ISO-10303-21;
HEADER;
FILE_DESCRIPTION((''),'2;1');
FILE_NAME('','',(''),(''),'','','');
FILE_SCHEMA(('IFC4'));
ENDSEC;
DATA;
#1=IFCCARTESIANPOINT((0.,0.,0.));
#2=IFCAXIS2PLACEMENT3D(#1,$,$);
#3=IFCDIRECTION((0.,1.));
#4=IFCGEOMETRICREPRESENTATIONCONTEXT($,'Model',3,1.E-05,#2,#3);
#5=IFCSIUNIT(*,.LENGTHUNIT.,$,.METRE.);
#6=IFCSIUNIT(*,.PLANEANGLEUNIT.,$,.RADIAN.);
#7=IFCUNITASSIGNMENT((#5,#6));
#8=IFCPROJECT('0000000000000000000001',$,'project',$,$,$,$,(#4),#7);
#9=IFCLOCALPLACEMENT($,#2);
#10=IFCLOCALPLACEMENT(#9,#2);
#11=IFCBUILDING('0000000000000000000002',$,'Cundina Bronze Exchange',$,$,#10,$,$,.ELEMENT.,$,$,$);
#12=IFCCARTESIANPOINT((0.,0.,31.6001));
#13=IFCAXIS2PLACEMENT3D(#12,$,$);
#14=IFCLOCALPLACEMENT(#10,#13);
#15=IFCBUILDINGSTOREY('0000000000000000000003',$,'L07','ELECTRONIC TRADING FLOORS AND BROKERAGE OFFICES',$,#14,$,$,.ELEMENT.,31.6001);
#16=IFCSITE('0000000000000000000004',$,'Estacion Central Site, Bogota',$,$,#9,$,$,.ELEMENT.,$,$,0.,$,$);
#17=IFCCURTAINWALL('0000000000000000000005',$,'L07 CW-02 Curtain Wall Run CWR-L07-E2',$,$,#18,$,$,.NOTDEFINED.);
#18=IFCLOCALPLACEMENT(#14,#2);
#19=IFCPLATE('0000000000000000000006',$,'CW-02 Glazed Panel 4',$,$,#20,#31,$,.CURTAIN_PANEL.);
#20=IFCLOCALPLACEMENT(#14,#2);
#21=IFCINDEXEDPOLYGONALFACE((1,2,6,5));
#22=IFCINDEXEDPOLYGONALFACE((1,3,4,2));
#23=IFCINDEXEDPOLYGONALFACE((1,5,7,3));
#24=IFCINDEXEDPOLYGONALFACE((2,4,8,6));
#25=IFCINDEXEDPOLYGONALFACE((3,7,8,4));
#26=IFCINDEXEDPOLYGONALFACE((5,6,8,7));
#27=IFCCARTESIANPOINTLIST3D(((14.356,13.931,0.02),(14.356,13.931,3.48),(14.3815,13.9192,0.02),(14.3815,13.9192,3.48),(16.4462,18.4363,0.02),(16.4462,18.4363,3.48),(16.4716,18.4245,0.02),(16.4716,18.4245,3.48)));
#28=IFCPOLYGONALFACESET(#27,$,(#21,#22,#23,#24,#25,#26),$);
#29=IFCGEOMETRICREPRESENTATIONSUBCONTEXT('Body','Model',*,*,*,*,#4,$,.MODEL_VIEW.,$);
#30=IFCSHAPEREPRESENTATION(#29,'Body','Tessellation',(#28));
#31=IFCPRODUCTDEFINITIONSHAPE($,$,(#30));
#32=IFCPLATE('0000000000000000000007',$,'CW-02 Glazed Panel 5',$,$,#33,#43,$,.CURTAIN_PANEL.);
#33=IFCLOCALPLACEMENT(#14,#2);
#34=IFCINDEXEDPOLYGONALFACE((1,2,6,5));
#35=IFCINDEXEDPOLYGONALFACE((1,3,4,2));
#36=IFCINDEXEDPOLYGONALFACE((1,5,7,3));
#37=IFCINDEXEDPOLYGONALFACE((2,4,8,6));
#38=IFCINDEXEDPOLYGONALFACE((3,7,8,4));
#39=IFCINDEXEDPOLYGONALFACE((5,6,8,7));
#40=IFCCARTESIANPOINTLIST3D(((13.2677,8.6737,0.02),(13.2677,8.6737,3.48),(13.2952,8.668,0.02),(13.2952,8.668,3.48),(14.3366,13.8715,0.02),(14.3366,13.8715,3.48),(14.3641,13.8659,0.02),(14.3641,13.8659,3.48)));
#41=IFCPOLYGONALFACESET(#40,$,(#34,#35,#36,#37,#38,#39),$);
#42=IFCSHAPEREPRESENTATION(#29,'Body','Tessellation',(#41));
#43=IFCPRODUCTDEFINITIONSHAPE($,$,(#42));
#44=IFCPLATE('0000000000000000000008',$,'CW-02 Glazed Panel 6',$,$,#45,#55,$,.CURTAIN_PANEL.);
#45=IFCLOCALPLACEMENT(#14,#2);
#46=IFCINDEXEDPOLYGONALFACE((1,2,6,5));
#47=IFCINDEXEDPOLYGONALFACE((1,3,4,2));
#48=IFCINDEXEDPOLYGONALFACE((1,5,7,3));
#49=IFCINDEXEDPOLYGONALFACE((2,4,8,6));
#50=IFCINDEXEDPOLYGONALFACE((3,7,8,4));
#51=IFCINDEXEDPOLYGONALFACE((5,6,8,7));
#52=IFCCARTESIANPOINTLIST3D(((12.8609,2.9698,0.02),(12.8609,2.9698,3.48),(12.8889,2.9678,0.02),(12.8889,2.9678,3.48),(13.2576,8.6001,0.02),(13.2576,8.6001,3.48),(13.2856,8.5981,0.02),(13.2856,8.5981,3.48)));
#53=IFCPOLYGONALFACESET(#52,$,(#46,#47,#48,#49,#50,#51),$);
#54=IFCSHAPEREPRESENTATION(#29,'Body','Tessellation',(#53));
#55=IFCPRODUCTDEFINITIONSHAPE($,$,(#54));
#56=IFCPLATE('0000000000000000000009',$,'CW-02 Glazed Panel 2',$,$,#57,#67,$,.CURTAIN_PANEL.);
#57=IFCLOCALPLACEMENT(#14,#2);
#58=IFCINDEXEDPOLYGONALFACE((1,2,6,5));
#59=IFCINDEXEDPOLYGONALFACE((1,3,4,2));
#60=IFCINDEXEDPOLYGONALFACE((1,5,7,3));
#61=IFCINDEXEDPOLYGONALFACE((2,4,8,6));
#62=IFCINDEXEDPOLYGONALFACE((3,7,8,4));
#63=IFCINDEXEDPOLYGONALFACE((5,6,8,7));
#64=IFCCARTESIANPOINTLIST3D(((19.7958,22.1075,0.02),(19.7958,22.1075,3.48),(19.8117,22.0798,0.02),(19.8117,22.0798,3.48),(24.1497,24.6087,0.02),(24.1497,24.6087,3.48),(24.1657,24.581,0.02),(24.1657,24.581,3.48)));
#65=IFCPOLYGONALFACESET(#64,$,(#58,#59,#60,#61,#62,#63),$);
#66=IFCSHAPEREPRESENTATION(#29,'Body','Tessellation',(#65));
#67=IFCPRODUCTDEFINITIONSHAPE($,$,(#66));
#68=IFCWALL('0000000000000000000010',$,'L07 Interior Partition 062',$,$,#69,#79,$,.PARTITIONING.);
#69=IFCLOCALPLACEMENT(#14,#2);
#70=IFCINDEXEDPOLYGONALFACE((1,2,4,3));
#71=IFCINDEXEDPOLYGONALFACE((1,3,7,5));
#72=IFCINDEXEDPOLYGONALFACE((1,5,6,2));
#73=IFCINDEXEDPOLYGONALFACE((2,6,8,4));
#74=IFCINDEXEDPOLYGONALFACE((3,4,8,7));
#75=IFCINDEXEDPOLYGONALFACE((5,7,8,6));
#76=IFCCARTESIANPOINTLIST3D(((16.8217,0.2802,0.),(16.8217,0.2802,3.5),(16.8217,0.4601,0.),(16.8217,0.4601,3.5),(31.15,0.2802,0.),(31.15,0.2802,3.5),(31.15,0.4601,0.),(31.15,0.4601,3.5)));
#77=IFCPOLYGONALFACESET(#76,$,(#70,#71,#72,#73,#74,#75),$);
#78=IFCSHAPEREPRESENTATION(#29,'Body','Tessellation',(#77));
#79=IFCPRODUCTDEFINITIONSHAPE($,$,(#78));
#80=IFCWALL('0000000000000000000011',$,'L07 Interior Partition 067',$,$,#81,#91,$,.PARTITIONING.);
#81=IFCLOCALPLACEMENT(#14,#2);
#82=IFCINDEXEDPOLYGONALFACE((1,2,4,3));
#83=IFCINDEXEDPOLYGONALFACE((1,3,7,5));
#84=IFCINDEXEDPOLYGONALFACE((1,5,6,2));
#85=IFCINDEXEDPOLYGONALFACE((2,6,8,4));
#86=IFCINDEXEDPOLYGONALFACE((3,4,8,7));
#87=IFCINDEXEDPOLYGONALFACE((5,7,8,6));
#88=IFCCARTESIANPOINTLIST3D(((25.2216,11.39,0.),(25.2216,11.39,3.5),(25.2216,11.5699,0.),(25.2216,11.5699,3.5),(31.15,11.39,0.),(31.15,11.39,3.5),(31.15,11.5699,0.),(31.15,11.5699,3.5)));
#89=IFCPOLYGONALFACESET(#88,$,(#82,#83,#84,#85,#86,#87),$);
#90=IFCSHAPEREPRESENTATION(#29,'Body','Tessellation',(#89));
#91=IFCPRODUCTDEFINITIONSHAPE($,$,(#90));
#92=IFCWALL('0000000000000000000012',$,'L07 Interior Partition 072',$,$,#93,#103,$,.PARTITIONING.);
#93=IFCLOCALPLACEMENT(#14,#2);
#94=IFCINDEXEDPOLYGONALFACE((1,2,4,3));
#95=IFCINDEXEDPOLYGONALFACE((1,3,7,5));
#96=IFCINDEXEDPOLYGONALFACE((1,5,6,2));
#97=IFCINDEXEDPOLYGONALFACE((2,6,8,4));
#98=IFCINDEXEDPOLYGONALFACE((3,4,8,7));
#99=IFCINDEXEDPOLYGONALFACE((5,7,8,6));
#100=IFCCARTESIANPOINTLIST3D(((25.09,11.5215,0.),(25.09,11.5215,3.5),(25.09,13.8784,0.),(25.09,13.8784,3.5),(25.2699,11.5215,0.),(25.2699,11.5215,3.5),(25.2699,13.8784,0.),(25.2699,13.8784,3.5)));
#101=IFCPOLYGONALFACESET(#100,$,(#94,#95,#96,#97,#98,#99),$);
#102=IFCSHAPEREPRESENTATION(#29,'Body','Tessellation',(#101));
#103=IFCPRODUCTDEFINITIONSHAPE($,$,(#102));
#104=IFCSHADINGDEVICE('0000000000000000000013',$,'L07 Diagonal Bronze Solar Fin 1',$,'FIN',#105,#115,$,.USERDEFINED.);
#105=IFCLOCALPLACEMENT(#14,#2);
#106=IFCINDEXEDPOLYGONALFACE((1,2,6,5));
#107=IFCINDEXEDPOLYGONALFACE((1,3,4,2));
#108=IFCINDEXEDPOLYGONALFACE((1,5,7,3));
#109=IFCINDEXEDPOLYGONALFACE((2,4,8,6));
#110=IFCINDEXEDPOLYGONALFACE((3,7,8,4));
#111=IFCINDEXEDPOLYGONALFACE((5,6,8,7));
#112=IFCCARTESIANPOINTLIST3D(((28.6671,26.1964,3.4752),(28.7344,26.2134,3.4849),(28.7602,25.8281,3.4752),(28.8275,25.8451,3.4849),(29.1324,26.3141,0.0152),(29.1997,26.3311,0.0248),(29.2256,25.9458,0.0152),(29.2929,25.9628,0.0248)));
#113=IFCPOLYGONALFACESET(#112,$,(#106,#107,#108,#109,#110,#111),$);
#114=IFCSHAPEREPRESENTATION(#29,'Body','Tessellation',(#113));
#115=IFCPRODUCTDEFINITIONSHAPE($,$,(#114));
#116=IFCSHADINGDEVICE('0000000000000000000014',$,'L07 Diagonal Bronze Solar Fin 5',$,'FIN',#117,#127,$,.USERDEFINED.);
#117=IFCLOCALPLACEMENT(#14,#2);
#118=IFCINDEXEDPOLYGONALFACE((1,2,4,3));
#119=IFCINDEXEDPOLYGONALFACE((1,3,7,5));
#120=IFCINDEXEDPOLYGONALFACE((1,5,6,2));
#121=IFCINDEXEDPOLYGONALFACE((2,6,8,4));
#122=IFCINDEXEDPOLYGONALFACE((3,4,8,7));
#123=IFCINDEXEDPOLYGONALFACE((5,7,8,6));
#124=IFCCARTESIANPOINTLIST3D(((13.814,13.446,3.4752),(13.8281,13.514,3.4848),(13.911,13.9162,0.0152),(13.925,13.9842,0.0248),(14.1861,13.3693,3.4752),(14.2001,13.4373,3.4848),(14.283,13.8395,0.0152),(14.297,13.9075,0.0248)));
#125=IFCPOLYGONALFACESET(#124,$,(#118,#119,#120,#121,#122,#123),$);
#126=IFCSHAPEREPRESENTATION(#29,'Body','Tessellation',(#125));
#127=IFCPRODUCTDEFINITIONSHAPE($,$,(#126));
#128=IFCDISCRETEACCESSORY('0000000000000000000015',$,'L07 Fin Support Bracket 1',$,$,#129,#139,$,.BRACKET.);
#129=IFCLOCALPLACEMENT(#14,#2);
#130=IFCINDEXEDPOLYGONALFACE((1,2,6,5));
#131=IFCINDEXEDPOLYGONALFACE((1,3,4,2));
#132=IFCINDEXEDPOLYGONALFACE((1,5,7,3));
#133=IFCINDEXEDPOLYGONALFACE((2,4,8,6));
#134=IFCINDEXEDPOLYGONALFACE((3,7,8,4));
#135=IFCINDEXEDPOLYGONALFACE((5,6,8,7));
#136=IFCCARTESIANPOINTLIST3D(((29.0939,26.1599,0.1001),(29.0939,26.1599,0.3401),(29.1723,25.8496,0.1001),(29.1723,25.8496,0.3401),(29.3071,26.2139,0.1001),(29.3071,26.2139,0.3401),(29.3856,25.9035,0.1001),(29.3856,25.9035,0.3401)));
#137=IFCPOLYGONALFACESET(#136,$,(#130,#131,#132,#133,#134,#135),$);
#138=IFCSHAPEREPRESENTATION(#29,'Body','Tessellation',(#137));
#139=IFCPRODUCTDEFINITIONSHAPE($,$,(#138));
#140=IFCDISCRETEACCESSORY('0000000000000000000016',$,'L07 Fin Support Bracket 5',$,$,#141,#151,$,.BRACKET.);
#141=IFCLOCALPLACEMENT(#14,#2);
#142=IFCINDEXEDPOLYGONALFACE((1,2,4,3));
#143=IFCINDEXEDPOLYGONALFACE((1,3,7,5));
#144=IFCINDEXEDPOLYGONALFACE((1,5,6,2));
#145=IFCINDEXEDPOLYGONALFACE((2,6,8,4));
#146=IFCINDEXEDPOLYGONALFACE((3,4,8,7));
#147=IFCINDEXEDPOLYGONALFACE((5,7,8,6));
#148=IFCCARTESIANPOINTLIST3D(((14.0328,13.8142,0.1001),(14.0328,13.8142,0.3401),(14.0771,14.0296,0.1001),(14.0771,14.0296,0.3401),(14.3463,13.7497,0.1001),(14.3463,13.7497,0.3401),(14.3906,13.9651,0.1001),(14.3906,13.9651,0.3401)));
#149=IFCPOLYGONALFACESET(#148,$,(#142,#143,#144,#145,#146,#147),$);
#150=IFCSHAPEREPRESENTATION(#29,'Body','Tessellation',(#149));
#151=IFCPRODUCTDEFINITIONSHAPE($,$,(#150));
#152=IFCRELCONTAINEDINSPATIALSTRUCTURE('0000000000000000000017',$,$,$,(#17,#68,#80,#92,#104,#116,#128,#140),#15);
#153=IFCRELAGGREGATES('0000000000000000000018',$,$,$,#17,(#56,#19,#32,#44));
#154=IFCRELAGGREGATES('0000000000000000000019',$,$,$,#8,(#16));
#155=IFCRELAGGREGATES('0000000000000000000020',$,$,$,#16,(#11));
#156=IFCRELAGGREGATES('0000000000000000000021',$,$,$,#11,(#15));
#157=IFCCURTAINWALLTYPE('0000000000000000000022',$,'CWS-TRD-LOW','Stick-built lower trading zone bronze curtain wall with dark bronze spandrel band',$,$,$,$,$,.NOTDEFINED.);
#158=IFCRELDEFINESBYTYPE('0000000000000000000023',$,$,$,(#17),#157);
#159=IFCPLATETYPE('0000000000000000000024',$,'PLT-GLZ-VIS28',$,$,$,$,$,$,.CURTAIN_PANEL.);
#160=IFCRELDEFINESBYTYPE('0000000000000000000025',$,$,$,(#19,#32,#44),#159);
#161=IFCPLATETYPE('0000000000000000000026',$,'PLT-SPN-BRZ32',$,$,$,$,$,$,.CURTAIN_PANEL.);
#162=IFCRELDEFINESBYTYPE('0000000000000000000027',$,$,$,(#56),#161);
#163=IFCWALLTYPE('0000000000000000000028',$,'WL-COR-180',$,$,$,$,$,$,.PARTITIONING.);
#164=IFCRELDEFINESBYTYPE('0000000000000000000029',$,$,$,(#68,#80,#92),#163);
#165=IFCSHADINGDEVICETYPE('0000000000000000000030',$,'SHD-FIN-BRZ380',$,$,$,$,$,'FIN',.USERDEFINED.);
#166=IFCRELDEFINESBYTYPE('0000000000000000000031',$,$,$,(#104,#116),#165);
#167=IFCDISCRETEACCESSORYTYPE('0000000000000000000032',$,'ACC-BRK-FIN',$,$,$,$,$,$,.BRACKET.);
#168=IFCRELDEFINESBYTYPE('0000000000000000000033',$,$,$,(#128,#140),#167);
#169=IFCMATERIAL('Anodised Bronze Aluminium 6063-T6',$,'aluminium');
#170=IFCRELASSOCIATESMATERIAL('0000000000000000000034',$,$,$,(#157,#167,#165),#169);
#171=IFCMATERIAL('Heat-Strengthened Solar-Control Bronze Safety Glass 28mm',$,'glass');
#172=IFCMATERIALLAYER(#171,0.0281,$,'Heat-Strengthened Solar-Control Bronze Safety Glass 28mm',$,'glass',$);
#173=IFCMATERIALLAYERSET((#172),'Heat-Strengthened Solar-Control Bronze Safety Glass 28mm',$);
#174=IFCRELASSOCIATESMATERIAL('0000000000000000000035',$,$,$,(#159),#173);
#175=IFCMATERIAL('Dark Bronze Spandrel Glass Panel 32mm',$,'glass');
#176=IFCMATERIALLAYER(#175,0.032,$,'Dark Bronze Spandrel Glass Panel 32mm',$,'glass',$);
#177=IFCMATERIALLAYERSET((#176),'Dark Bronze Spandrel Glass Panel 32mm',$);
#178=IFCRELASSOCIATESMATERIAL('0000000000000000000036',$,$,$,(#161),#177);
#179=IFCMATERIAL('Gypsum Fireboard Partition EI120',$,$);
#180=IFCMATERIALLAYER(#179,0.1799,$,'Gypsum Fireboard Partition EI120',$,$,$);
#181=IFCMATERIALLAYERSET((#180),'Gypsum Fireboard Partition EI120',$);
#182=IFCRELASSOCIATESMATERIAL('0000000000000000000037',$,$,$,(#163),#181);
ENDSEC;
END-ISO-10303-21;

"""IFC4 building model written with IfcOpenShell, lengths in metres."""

from ifc_helpers import new_model, si_unit, direction, frame, frame_2d, origin, origin_2d, place, context, subcontext, project, spatial, rectangle, extrude, material, layer, layer_set, material_profile, profile_set, type_object, element, aggregate, save


model = new_model("IFC4")

# Units and contexts
model_context = context("Model", 3, precision=1e-05, world=origin(), true_north=direction((0.0, 1.0)))
body_context = subcontext(model_context, "Body", "Model", "MODEL_VIEW")
ifc_project = project(units=[si_unit("LENGTHUNIT", "METRE"), si_unit("PLANEANGLEUNIT", "RADIAN")], contexts=[model_context])

# Site, building, storey
site_placement = place(None, origin())
site = spatial("IfcSite", under=ifc_project, at=site_placement, Name="Estacion Central Site, Bogota", CompositionType="ELEMENT", RefElevation=0.0)
building_placement = place(site_placement, origin())
building = spatial("IfcBuilding", under=site, at=building_placement, Name="Cundina Bronze Exchange", CompositionType="ELEMENT")
storey_placement = place(building_placement, frame((0.0, 0.0, 31.6001)))
storey = spatial("IfcBuildingStorey", under=building, at=storey_placement, Name="L07", Description="ELECTRONIC TRADING FLOORS AND BROKERAGE OFFICES", CompositionType="ELEMENT", Elevation=31.6001)

# Shared definitions
ifc_material_1 = material(Name="Anodised Bronze Aluminium 6063-T6", Category="aluminium")
curtain_wall_type = type_object("IfcCurtainWallType", Name="CWS-TRD-LOW", Description="Stick-built lower trading zone bronze curtain wall with dark bronze spandrel band", PredefinedType="NOTDEFINED", material=ifc_material_1)

# Curtain wall, plates
curtain_wall_1_placement = place(storey_placement, origin())
curtain_wall_1 = element("IfcCurtainWall", 1, at=curtain_wall_1_placement, inside=storey, type_object=curtain_wall_type, Name="L07 CW-02 Curtain Wall Run CWR-L07-E2", PredefinedType="NOTDEFINED")
ifc_material_2 = material(Name="Heat-Strengthened Solar-Control Bronze Safety Glass 28mm", Category="glass")
ifc_layer_1 = layer(ifc_material_2, 0.0281, Name="Heat-Strengthened Solar-Control Bronze Safety Glass 28mm", Category="glass")
ifc_layer_set_1 = layer_set([ifc_layer_1], Name="Heat-Strengthened Solar-Control Bronze Safety Glass 28mm")
plate_type_1 = type_object("IfcPlateType", Name="PLT-GLZ-VIS28", PredefinedType="CURTAIN_PANEL", material=ifc_layer_set_1)
plate_1_placement = place(storey_placement, frame((15.4138, 16.1777, 0.02), z_axis=(0.0, 0.0, 1.0), x_axis=(-0.420846, -0.907132, 0.0)))
plate_1 = element("IfcPlate", 2, at=plate_1_placement, type_object=plate_type_1, Name="CW-02 Glazed Panel 4", PredefinedType="CURTAIN_PANEL", context=body_context, shape_type="SweptSolid", body=[
    extrude(rectangle(XDim=4.9666, YDim=0.0281, at=origin_2d()), origin(), (0.0, 0.0, 1.0), 3.46),
])
plate_2_placement = place(storey_placement, frame((13.8159, 11.2698, 0.02), z_axis=(0.0, 0.0, 1.0), x_axis=(-0.20142, -0.979505, 0.0)))
plate_2 = element("IfcPlate", 3, at=plate_2_placement, type_object=plate_type_1, Name="CW-02 Glazed Panel 5", PredefinedType="CURTAIN_PANEL", context=body_context, shape_type="SweptSolid", body=[
    extrude(rectangle(XDim=5.3066, YDim=0.0281, at=origin_2d()), origin(), (0.0, 0.0, 1.0), 3.46),
])
plate_3_placement = place(storey_placement, frame((13.0732, 5.7839, 0.02), z_axis=(0.0, 0.0, 1.0), x_axis=(-0.070279, -0.997527, 0.0)))
plate_3 = element("IfcPlate", 4, at=plate_3_placement, type_object=plate_type_1, Name="CW-02 Glazed Panel 6", PredefinedType="CURTAIN_PANEL", context=body_context, shape_type="SweptSolid", body=[
    extrude(rectangle(XDim=5.6443, YDim=0.0281, at=origin_2d()), origin(), (0.0, 0.0, 1.0), 3.46),
])
ifc_material_3 = material(Name="Dark Bronze Spandrel Glass Panel 32mm", Category="glass")
ifc_layer_2 = layer(ifc_material_3, 0.032, Name="Dark Bronze Spandrel Glass Panel 32mm", Category="glass")
ifc_layer_set_2 = layer_set([ifc_layer_2], Name="Dark Bronze Spandrel Glass Panel 32mm")
plate_type_2 = type_object("IfcPlateType", Name="PLT-SPN-BRZ32", PredefinedType="CURTAIN_PANEL", material=ifc_layer_set_2)
plate_4_placement = place(storey_placement, frame((21.9807, 23.3442, 0.02), z_axis=(0.0, 0.0, 1.0), x_axis=(-0.867105, -0.498125, 0.0)))
plate_4 = element("IfcPlate", 5, at=plate_4_placement, type_object=plate_type_2, Name="CW-02 Glazed Panel 2", PredefinedType="CURTAIN_PANEL", context=body_context, shape_type="SweptSolid", body=[
    extrude(rectangle(XDim=5.0212, YDim=0.032, at=origin_2d()), origin(), (0.0, 0.0, 1.0), 3.46),
])
aggregate(curtain_wall_1, [plate_4, plate_1, plate_2, plate_3])

# Walls
ifc_material_4 = material(Name="Gypsum Fireboard Partition EI120")
ifc_layer_3 = layer(ifc_material_4, 0.1799, Name="Gypsum Fireboard Partition EI120")
ifc_layer_set_3 = layer_set([ifc_layer_3], Name="Gypsum Fireboard Partition EI120")
wall_type = type_object("IfcWallType", Name="WL-COR-180", PredefinedType="PARTITIONING", material=ifc_layer_set_3)
wall_1_placement = place(storey_placement, frame((31.1499, 0.3701, 0.0), z_axis=(0.0, 0.0, 1.0), x_axis=(-1.0, 0.0, 0.0)))
element("IfcWall", 6, at=wall_1_placement, inside=storey, type_object=wall_type, Name="L07 Interior Partition 062", PredefinedType="PARTITIONING", context=body_context, shape_type="SweptSolid", body=[
    extrude(rectangle(XDim=14.3284, YDim=0.1799, at=frame_2d((7.1641, 0.0))), origin(), (0.0, 0.0, 1.0), 3.5),
])
wall_2_placement = place(storey_placement, frame((25.2214, 11.48, 0.0), z_axis=(0.0, 0.0, 1.0), x_axis=(1.0, 0.0, 0.0)))
element("IfcWall", 7, at=wall_2_placement, inside=storey, type_object=wall_type, Name="L07 Interior Partition 067", PredefinedType="PARTITIONING", context=body_context, shape_type="SweptSolid", body=[
    extrude(rectangle(XDim=5.9285, YDim=0.1799, at=frame_2d((2.9644, 0.0))), origin(), (0.0, 0.0, 1.0), 3.5),
])
wall_3_placement = place(storey_placement, frame((25.1799, 13.8784, 0.0), z_axis=(0.0, 0.0, 1.0), x_axis=(0.0, -1.0, 0.0)))
element("IfcWall", 8, at=wall_3_placement, inside=storey, type_object=wall_type, Name="L07 Interior Partition 072", PredefinedType="PARTITIONING", context=body_context, shape_type="SweptSolid", body=[
    extrude(rectangle(XDim=2.3569, YDim=0.1799, at=frame_2d((1.1785, 0.0))), origin(), (0.0, 0.0, 1.0), 3.5),
])

# Shading devices
ifc_material_profile_1 = material_profile(ifc_material_1, rectangle(XDim=0.0701, YDim=0.3799, at=origin_2d()), Name="FIN70X380", Category="aluminium")
ifc_profile_set_1 = profile_set([ifc_material_profile_1], Name="Anodised Bronze Aluminium 6063-T6")
shading_device_type = type_object("IfcShadingDeviceType", Name="SHD-FIN-BRZ380", ElementType="FIN", PredefinedType="USERDEFINED", material=ifc_profile_set_1)
for number, where, z_axis, x_axis, name in (
    (9, (29.2126, 26.1384, 0.02), (-0.133215, -0.033688, 0.990514), (0.960285, 0.242842, 0.137408), "L07 Diagonal Bronze Solar Fin 1"),
    (10, (14.104, 13.9119, 0.02), (-0.027747, -0.134612, 0.99051), (0.199967, 0.970115, 0.137442), "L07 Diagonal Bronze Solar Fin 5"),
):
    element("IfcShadingDevice", number, at=place(storey_placement, frame(where, z_axis=z_axis, x_axis=x_axis)), inside=storey, type_object=shading_device_type, Name=name, ObjectType="FIN", PredefinedType="USERDEFINED", context=body_context, shape_type="SweptSolid", body=[
        extrude(rectangle(XDim=0.0701, YDim=0.3799, at=origin_2d()), origin(), (0.0, 0.0, 1.0), 3.4932),
    ])

# Discrete accessories
discrete_accessory_type = type_object("IfcDiscreteAccessoryType", Name="ACC-BRK-FIN", PredefinedType="BRACKET", material=ifc_material_1)
for number, where, z_axis, x_axis, name in (
    (11, (29.2397, 26.0317, 0.1001), (0.0, 0.0, 1.0), (-0.969488, -0.245138, 0.0), "L07 Fin Support Bracket 1"),
    (12, (14.2117, 13.8896, 0.1001), (0.0, 0.0, 1.0), (-0.20142, -0.979505, 0.0), "L07 Fin Support Bracket 5"),
):
    element("IfcDiscreteAccessory", number, at=place(storey_placement, frame(where, z_axis=z_axis, x_axis=x_axis)), inside=storey, type_object=discrete_accessory_type, Name=name, PredefinedType="BRACKET", context=body_context, shape_type="SweptSolid", body=[
        extrude(rectangle(XDim=0.22, YDim=0.3201, at=origin_2d()), origin(), (0.0, 0.0, 1.0), 0.24),
    ])

save(model, "model.ifc")
